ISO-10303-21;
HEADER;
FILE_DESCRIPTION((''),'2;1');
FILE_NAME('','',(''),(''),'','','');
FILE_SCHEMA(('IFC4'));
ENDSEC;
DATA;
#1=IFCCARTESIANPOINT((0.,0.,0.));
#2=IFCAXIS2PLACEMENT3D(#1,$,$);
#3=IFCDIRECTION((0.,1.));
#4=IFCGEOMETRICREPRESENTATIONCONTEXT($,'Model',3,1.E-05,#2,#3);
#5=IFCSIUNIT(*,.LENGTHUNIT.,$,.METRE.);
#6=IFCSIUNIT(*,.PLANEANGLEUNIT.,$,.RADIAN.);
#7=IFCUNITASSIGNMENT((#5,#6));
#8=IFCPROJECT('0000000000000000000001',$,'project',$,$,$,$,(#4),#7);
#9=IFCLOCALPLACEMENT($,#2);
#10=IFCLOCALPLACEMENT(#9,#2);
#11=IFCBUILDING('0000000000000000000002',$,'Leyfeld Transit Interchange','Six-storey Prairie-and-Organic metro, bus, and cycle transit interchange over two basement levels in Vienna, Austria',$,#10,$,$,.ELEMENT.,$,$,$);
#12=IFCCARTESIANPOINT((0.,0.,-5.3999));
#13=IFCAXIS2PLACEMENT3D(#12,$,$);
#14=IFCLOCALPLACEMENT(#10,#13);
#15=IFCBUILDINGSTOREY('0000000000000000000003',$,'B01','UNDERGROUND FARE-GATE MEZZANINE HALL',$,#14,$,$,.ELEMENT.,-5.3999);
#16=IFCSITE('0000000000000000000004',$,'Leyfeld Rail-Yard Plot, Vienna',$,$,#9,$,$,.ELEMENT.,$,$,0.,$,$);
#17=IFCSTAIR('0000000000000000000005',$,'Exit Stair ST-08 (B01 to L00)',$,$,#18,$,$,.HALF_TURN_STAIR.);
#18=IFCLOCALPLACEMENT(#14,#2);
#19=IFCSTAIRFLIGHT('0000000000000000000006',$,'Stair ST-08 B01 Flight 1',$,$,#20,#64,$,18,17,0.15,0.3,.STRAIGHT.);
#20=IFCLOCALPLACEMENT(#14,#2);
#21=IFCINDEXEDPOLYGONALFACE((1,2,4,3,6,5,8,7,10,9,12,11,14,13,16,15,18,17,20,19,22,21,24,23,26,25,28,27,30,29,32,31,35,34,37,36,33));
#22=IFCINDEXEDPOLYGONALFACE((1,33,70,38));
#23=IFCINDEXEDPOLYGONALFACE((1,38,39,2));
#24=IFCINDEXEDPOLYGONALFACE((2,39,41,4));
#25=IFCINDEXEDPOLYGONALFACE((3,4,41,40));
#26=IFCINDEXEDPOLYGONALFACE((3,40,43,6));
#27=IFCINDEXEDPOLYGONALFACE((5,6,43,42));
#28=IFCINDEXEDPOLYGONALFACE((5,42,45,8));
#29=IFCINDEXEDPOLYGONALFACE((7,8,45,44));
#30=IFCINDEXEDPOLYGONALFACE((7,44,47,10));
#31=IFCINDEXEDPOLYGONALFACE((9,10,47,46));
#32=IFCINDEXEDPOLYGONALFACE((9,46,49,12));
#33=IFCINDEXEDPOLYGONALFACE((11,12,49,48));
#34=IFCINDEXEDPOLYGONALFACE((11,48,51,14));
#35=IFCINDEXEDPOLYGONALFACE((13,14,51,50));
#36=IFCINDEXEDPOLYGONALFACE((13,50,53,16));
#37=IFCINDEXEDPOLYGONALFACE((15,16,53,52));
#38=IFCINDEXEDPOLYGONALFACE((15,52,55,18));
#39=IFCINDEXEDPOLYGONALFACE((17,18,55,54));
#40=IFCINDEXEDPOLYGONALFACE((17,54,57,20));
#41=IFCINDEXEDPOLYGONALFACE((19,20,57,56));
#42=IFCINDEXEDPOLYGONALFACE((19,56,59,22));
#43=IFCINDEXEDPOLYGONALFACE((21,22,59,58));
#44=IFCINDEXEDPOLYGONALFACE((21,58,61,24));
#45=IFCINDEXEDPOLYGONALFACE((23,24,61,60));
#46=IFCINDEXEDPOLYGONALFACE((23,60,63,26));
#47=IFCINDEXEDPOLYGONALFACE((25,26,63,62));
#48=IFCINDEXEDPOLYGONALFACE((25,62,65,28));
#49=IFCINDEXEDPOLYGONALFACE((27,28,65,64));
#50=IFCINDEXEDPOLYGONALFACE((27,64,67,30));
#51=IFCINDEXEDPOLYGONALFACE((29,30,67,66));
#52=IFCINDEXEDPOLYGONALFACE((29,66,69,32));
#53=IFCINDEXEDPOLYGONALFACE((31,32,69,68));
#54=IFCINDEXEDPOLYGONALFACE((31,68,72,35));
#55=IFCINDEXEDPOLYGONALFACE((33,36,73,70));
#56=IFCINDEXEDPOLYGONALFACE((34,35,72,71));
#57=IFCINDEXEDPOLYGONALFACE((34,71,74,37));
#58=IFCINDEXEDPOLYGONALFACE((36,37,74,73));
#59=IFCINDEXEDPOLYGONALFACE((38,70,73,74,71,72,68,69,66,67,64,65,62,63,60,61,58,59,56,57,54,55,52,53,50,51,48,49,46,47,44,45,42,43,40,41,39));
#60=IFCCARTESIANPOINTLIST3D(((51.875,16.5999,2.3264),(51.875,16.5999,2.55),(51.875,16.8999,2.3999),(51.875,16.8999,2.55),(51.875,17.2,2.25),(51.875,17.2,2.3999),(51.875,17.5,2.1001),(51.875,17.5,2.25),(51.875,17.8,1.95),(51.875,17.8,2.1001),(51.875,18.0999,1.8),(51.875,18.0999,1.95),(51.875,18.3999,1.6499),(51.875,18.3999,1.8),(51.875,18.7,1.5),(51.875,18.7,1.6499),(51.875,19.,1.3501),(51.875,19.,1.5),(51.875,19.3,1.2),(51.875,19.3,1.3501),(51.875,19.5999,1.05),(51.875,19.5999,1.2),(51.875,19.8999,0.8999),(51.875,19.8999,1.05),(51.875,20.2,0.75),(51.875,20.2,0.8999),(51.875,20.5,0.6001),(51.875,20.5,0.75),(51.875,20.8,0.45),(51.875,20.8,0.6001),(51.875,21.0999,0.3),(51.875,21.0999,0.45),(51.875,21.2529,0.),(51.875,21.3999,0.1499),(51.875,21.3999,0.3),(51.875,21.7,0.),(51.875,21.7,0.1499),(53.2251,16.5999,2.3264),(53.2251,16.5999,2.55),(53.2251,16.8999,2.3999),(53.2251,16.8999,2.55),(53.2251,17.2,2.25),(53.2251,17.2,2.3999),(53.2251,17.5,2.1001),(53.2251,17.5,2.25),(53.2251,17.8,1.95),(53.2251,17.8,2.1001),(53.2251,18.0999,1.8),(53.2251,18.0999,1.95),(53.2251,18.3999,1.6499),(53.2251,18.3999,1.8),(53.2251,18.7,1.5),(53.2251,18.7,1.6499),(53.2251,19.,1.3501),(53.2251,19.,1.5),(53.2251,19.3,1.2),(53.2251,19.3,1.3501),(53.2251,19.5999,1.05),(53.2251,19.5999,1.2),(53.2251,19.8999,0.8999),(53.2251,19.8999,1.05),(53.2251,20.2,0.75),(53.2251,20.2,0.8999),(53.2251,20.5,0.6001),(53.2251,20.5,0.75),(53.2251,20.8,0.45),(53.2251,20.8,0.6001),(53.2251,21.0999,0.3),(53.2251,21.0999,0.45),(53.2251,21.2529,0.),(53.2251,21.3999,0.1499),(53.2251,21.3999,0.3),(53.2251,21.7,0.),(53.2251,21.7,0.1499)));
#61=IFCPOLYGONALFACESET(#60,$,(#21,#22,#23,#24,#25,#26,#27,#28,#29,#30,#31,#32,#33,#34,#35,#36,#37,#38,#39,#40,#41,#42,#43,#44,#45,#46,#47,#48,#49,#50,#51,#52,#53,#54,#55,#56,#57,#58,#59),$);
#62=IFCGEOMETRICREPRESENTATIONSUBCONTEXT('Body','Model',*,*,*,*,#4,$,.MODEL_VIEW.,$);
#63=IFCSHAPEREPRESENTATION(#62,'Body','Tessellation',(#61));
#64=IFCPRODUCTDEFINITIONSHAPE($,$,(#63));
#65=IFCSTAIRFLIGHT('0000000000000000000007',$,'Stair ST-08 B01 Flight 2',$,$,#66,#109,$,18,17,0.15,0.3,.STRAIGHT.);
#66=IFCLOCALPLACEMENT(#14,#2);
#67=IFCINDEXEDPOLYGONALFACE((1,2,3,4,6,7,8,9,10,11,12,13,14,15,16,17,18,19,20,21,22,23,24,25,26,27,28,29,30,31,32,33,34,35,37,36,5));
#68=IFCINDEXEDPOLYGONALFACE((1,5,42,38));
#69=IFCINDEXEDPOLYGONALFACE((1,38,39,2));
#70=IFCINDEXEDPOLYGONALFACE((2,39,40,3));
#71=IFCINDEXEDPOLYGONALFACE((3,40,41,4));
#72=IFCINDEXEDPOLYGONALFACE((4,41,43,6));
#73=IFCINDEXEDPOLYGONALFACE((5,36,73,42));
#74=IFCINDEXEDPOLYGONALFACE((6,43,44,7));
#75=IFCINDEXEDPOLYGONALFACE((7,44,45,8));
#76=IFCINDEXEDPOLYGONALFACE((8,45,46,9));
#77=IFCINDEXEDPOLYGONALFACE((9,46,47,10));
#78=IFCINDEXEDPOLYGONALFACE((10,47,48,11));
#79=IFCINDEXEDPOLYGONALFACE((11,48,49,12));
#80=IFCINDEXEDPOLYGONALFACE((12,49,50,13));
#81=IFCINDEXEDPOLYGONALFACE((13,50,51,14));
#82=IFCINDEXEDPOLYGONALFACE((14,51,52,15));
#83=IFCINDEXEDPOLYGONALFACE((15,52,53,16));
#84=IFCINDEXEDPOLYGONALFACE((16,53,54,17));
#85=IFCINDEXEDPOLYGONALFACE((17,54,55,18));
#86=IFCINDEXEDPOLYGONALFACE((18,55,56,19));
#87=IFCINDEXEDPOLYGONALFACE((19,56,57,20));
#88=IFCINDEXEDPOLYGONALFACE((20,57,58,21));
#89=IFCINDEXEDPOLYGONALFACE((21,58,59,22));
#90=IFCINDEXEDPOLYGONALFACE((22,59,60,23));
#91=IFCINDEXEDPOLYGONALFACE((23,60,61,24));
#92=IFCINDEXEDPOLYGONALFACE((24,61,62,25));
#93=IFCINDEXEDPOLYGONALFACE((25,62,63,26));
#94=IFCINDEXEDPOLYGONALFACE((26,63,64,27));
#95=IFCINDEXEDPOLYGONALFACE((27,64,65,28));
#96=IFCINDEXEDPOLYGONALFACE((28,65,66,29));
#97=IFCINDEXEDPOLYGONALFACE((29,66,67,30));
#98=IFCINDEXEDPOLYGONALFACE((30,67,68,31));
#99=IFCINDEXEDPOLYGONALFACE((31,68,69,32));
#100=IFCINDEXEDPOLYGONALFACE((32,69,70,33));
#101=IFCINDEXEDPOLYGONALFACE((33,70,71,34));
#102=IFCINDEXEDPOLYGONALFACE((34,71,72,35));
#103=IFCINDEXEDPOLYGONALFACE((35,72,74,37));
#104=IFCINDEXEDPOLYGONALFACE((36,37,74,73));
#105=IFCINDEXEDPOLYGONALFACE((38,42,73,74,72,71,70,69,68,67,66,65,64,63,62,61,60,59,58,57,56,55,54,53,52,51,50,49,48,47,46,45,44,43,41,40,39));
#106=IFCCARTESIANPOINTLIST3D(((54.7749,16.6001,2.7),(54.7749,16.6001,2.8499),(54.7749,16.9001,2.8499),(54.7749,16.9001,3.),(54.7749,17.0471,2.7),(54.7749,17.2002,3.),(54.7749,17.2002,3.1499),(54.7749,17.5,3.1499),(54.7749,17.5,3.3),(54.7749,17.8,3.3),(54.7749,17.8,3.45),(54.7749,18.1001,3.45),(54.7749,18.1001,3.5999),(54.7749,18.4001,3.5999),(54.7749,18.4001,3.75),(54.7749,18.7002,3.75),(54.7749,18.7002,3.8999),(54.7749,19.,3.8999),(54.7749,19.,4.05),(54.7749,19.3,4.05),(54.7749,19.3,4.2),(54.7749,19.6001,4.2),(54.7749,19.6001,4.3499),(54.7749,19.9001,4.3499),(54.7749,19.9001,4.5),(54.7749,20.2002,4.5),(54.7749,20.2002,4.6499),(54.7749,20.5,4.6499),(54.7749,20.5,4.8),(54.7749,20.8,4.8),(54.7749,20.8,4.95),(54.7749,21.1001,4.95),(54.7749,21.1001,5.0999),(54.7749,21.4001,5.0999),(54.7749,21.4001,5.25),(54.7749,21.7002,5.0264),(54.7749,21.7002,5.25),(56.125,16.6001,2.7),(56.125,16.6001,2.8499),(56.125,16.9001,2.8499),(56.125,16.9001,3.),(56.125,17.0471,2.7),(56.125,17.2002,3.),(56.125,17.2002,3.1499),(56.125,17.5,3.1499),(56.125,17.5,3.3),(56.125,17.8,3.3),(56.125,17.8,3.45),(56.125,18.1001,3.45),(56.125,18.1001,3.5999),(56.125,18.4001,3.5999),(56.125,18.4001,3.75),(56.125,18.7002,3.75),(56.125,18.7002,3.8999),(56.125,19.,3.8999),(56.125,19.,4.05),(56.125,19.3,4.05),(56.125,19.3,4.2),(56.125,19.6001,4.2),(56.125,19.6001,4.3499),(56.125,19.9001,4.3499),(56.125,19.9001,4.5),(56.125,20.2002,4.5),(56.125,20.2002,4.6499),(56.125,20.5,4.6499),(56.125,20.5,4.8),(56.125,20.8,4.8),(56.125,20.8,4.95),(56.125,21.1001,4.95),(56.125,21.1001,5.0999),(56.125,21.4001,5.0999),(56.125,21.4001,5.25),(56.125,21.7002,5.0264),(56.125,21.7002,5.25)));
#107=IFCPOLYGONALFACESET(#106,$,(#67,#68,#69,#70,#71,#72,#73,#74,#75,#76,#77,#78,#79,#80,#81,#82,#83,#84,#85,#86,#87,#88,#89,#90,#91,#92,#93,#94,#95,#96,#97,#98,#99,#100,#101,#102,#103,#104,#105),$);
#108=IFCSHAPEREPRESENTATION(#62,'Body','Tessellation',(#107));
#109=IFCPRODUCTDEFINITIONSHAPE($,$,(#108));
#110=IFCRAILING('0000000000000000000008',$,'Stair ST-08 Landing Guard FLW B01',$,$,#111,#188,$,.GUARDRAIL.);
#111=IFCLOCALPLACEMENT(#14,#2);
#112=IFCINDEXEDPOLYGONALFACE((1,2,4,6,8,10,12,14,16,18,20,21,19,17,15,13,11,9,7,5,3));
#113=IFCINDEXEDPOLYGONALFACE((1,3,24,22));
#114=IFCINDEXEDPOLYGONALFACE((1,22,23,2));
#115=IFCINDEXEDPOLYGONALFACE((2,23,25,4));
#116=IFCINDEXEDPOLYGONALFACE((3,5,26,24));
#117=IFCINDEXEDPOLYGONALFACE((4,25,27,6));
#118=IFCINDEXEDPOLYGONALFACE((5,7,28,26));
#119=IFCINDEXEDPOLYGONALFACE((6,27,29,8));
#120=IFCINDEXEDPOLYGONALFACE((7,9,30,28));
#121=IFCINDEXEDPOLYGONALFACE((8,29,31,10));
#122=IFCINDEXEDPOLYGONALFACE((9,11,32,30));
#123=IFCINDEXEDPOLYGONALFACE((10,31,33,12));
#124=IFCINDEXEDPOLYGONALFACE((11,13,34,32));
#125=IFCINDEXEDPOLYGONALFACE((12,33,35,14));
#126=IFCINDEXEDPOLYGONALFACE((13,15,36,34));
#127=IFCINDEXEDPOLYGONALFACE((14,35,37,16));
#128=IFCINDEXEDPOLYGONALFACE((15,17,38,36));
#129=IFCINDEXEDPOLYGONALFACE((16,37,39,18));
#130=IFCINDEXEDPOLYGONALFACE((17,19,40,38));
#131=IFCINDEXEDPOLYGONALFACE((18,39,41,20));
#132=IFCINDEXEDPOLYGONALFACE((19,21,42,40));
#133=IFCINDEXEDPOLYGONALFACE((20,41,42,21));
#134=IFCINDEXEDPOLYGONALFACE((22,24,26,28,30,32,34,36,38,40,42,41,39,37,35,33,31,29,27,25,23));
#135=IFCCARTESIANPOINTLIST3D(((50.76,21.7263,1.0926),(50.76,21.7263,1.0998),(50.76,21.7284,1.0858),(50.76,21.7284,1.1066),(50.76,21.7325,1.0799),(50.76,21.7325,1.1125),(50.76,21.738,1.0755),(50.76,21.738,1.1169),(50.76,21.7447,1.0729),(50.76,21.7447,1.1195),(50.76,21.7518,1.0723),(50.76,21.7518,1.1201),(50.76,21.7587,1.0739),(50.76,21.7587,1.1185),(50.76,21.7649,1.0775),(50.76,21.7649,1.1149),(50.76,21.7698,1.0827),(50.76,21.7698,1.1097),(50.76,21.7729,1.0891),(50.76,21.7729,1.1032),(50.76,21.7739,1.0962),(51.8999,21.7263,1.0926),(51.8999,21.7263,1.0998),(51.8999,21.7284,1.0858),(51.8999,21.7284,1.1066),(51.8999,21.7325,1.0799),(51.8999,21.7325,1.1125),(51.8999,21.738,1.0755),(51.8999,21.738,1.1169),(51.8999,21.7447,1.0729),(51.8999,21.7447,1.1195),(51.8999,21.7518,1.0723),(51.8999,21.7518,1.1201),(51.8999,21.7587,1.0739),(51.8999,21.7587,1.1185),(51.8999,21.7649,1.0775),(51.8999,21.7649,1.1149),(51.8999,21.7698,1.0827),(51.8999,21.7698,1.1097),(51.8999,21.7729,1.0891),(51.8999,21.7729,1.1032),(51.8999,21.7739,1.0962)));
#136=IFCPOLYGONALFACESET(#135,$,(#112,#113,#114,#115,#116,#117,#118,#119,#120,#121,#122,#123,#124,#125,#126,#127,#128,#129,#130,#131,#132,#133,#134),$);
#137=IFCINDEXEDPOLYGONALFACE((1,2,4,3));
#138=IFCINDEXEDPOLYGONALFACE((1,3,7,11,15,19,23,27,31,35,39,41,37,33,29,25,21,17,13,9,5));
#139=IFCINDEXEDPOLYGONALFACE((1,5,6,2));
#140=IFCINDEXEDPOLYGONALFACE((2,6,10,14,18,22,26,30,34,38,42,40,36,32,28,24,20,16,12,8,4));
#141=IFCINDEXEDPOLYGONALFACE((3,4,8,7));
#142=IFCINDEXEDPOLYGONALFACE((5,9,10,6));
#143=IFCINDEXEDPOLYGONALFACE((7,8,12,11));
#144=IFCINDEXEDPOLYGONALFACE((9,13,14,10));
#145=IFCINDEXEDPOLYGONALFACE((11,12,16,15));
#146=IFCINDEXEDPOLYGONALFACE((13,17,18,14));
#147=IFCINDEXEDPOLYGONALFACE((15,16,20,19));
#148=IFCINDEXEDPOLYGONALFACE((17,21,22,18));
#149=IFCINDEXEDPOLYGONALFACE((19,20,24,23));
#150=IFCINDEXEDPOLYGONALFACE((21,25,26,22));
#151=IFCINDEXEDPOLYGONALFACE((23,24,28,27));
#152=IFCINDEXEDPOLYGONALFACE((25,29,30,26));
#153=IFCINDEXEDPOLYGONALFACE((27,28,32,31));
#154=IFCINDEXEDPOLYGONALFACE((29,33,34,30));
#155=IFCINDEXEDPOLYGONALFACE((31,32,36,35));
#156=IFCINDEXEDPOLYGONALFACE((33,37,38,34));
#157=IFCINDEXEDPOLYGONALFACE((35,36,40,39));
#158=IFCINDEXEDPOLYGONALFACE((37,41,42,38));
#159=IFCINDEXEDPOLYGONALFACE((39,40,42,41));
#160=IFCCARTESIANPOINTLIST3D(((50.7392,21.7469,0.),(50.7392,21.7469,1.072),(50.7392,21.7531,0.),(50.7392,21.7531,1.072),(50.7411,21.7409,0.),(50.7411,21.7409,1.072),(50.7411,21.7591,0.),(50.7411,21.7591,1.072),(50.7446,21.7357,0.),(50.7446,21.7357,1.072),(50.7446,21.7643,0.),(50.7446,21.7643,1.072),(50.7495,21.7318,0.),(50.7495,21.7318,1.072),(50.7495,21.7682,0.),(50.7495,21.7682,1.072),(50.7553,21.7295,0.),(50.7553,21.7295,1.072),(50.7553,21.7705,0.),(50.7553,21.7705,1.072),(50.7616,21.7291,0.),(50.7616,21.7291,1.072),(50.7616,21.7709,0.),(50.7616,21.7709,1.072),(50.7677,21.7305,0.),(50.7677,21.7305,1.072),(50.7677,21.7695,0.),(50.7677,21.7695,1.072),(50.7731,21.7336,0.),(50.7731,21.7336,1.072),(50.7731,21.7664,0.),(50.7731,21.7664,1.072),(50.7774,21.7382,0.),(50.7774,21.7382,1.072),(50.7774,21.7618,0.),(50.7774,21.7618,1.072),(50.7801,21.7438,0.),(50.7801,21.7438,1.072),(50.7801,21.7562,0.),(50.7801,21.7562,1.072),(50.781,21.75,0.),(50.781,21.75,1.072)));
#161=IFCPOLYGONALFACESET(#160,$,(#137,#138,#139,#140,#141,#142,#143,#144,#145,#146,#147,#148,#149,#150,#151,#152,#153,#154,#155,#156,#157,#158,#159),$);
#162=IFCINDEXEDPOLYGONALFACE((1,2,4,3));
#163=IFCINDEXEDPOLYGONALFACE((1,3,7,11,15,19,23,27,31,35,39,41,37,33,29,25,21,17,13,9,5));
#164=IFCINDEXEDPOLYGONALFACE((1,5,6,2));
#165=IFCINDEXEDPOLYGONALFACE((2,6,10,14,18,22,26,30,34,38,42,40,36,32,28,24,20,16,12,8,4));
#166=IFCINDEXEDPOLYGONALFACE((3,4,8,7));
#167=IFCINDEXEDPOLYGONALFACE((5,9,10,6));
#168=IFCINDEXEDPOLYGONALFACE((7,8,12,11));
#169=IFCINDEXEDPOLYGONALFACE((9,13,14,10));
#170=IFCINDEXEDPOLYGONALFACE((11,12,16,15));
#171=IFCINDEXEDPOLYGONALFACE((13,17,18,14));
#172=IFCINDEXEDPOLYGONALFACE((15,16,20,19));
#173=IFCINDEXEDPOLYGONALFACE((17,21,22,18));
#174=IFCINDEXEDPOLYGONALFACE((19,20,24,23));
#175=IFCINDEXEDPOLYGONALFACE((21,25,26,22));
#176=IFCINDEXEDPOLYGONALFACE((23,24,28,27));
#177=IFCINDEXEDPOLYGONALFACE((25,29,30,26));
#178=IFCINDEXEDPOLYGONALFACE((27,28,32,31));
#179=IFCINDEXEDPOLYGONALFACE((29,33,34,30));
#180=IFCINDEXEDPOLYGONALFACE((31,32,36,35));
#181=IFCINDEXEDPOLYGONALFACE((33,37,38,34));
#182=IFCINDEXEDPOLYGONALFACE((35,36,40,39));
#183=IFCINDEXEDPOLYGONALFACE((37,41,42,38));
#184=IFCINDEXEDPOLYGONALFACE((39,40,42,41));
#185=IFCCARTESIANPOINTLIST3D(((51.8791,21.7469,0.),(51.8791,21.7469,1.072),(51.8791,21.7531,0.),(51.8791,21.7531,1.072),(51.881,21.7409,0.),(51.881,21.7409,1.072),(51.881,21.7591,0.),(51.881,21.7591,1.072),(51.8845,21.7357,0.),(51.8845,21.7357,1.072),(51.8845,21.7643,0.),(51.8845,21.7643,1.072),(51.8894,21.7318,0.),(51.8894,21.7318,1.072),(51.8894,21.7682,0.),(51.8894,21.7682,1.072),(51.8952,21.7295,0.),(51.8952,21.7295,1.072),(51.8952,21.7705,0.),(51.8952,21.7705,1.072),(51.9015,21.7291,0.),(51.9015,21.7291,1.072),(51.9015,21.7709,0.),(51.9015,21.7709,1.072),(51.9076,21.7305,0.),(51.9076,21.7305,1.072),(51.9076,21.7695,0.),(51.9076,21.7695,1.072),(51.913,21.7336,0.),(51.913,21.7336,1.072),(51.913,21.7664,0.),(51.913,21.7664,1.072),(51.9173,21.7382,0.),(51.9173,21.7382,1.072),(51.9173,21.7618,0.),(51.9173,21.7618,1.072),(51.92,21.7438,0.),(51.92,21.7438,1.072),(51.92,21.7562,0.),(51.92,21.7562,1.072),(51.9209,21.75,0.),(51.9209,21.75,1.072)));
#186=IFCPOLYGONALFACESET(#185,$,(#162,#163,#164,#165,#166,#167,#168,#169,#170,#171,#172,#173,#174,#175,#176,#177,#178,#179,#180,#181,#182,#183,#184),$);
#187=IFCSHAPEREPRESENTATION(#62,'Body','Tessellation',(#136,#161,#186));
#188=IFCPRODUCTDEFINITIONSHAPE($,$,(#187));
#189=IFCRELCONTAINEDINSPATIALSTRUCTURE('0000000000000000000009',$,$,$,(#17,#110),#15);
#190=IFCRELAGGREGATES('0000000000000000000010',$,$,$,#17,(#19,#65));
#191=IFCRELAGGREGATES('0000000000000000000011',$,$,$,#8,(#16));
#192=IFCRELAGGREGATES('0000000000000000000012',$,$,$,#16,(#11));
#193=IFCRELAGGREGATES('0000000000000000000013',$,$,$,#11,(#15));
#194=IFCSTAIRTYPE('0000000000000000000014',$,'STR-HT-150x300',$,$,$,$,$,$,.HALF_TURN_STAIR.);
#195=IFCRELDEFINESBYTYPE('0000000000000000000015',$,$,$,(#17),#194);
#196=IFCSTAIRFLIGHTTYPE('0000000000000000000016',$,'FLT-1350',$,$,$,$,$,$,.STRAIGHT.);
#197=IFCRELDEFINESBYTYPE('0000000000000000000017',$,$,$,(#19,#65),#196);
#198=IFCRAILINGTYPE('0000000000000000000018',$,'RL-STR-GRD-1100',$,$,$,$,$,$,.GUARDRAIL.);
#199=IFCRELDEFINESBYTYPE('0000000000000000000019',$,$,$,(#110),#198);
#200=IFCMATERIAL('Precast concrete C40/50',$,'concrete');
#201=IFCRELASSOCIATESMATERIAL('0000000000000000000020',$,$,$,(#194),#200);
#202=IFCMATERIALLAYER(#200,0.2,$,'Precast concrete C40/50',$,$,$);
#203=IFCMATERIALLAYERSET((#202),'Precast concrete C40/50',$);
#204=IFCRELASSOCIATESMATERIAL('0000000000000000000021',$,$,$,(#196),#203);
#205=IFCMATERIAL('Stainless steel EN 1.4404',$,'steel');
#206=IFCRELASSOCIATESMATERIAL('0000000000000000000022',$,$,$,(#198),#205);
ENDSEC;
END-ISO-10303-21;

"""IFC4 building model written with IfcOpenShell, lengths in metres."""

from ifc_helpers import new_model, si_unit, direction, frame, origin, origin_2d, place, context, subcontext, project, spatial, polyline, circle, outline, extrude, material, layer, layer_set, type_object, element, aggregate, save


model = new_model("IFC4")

# Units and contexts
model_context = context("Model", 3, precision=1e-05, world=origin(), true_north=direction((0.0, 1.0)))
body_context = subcontext(model_context, "Body", "Model", "MODEL_VIEW")
ifc_project = project(units=[si_unit("LENGTHUNIT", "METRE"), si_unit("PLANEANGLEUNIT", "RADIAN")], contexts=[model_context])

# Site, building, storey
site_placement = place(None, origin())
site = spatial("IfcSite", under=ifc_project, at=site_placement, Name="Leyfeld Rail-Yard Plot, Vienna", CompositionType="ELEMENT", RefElevation=0.0)
building_placement = place(site_placement, origin())
building = spatial("IfcBuilding", under=site, at=building_placement, Name="Leyfeld Transit Interchange", Description="Six-storey Prairie-and-Organic metro, bus, and cycle transit interchange over two basement levels in Vienna, Austria", CompositionType="ELEMENT")
storey_placement = place(building_placement, frame((0.0, 0.0, -5.3999)))
storey = spatial("IfcBuildingStorey", under=building, at=storey_placement, Name="B01", Description="UNDERGROUND FARE-GATE MEZZANINE HALL", CompositionType="ELEMENT", Elevation=-5.3999)

# Stair, stair flights
ifc_material_1 = material(Name="Precast concrete C40/50", Category="concrete")
stair_type = type_object("IfcStairType", Name="STR-HT-150x300", PredefinedType="HALF_TURN_STAIR", material=ifc_material_1)
stair_placement = place(storey_placement, origin())
stair = element("IfcStair", 1, at=stair_placement, inside=storey, type_object=stair_type, Name="Exit Stair ST-08 (B01 to L00)", PredefinedType="HALF_TURN_STAIR")
ifc_layer_1 = layer(ifc_material_1, 0.2, Name="Precast concrete C40/50")
ifc_layer_set_1 = layer_set([ifc_layer_1], Name="Precast concrete C40/50")
stair_flight_type = type_object("IfcStairFlightType", Name="FLT-1350", PredefinedType="STRAIGHT", material=ifc_layer_set_1)
stair_flight_1_placement = place(storey_placement, frame((52.55, 21.7, 0.0), z_axis=(0.0, 0.0, 1.0), x_axis=(0.0, -1.0, 0.0)))
stair_flight_1 = element("IfcStairFlight", 2, at=stair_flight_1_placement, type_object=stair_flight_type, Name="Stair ST-08 B01 Flight 1", NumberOfRisers=18, NumberOfTreads=17, PredefinedType="STRAIGHT", RiserHeight=0.15, TreadLength=0.3, context=body_context, shape_type="SweptSolid", body=[
    extrude(outline(polyline([(0.0, 0.0), (0.0, 0.1499), (0.3, 0.1499), (0.3, 0.3), (0.6001, 0.3), (0.6001, 0.45), (0.8999, 0.45), (0.8999, 0.6001), (1.2, 0.6001), (1.2, 0.75), (1.5, 0.75), (1.5, 0.8999), (1.8, 0.8999), (1.8, 1.05), (2.1001, 1.05), (2.1001, 1.2), (2.3999, 1.2), (2.3999, 1.3501), (2.7, 1.3501), (2.7, 1.5), (3.0, 1.5), (3.0, 1.6499), (3.3, 1.6499), (3.3, 1.8), (3.6001, 1.8), (3.6001, 1.95), (3.8999, 1.95), (3.8999, 2.1001), (4.2, 2.1001), (4.2, 2.25), (4.5, 2.25), (4.5, 2.3999), (4.8, 2.3999), (4.8, 2.55), (5.1001, 2.55), (5.1001, 2.7), (5.1001, 2.3264), (0.447, 0.0), (0.0, 0.0)])), frame((0.0, 0.675, 0.0), z_axis=(0.0, -1.0, 0.0), x_axis=(1.0, 0.0, 0.0)), (0.0, 0.0, 1.0), 1.3501),
])
stair_flight_2_placement = place(storey_placement, frame((55.45, 16.6001, 2.7), z_axis=(0.0, 0.0, 1.0), x_axis=(0.0, 1.0, 0.0)))
stair_flight_2 = element("IfcStairFlight", 3, at=stair_flight_2_placement, type_object=stair_flight_type, Name="Stair ST-08 B01 Flight 2", NumberOfRisers=18, NumberOfTreads=17, PredefinedType="STRAIGHT", RiserHeight=0.15, TreadLength=0.3, context=body_context, shape_type="SweptSolid", body=[
    extrude(outline(polyline([(0.0, 0.0), (0.0, 0.1499), (0.3, 0.1499), (0.3, 0.3), (0.6001, 0.3), (0.6001, 0.45), (0.8999, 0.45), (0.8999, 0.6001), (1.2, 0.6001), (1.2, 0.75), (1.5, 0.75), (1.5, 0.8999), (1.8, 0.8999), (1.8, 1.05), (2.1001, 1.05), (2.1001, 1.2), (2.3999, 1.2), (2.3999, 1.3501), (2.7, 1.3501), (2.7, 1.5), (3.0, 1.5), (3.0, 1.6499), (3.3, 1.6499), (3.3, 1.8), (3.6001, 1.8), (3.6001, 1.95), (3.8999, 1.95), (3.8999, 2.1001), (4.2, 2.1001), (4.2, 2.25), (4.5, 2.25), (4.5, 2.3999), (4.8, 2.3999), (4.8, 2.55), (5.1001, 2.55), (5.1001, 2.7), (5.1001, 2.3264), (0.447, 0.0), (0.0, 0.0)])), frame((0.0, 0.675, 0.0), z_axis=(0.0, -1.0, 0.0), x_axis=(1.0, 0.0, 0.0)), (0.0, 0.0, 1.0), 1.3501),
])
aggregate(stair, [stair_flight_1, stair_flight_2])

# Railing
ifc_material_2 = material(Name="Stainless steel EN 1.4404", Category="steel")
railing_type_1 = type_object("IfcRailingType", Name="RL-STR-GRD-1100", PredefinedType="GUARDRAIL", material=ifc_material_2)
railing_1_placement = place(storey_placement, frame((50.76, 21.75, 0.0)))
element("IfcRailing", 4, at=railing_1_placement, inside=storey, type_object=railing_type_1, Name="Stair ST-08 Landing Guard FLW B01", PredefinedType="GUARDRAIL", context=body_context, shape_type="SweptSolid", body=[
    extrude(circle(Radius=0.0239, at=origin_2d()), frame((0.0, 0.0, 1.0962), z_axis=(1.0, 0.0, 0.0), x_axis=(0.0, 1.0, 0.0)), (0.0, 0.0, 1.0), 1.1399),
    extrude(circle(Radius=0.021, at=origin_2d()), origin(), (0.0, 0.0, 1.0), 1.072),
    extrude(circle(Radius=0.021, at=origin_2d()), frame((1.1399, 0.0, 0.0)), (0.0, 0.0, 1.0), 1.072),
])

save(model, "model.ifc")
